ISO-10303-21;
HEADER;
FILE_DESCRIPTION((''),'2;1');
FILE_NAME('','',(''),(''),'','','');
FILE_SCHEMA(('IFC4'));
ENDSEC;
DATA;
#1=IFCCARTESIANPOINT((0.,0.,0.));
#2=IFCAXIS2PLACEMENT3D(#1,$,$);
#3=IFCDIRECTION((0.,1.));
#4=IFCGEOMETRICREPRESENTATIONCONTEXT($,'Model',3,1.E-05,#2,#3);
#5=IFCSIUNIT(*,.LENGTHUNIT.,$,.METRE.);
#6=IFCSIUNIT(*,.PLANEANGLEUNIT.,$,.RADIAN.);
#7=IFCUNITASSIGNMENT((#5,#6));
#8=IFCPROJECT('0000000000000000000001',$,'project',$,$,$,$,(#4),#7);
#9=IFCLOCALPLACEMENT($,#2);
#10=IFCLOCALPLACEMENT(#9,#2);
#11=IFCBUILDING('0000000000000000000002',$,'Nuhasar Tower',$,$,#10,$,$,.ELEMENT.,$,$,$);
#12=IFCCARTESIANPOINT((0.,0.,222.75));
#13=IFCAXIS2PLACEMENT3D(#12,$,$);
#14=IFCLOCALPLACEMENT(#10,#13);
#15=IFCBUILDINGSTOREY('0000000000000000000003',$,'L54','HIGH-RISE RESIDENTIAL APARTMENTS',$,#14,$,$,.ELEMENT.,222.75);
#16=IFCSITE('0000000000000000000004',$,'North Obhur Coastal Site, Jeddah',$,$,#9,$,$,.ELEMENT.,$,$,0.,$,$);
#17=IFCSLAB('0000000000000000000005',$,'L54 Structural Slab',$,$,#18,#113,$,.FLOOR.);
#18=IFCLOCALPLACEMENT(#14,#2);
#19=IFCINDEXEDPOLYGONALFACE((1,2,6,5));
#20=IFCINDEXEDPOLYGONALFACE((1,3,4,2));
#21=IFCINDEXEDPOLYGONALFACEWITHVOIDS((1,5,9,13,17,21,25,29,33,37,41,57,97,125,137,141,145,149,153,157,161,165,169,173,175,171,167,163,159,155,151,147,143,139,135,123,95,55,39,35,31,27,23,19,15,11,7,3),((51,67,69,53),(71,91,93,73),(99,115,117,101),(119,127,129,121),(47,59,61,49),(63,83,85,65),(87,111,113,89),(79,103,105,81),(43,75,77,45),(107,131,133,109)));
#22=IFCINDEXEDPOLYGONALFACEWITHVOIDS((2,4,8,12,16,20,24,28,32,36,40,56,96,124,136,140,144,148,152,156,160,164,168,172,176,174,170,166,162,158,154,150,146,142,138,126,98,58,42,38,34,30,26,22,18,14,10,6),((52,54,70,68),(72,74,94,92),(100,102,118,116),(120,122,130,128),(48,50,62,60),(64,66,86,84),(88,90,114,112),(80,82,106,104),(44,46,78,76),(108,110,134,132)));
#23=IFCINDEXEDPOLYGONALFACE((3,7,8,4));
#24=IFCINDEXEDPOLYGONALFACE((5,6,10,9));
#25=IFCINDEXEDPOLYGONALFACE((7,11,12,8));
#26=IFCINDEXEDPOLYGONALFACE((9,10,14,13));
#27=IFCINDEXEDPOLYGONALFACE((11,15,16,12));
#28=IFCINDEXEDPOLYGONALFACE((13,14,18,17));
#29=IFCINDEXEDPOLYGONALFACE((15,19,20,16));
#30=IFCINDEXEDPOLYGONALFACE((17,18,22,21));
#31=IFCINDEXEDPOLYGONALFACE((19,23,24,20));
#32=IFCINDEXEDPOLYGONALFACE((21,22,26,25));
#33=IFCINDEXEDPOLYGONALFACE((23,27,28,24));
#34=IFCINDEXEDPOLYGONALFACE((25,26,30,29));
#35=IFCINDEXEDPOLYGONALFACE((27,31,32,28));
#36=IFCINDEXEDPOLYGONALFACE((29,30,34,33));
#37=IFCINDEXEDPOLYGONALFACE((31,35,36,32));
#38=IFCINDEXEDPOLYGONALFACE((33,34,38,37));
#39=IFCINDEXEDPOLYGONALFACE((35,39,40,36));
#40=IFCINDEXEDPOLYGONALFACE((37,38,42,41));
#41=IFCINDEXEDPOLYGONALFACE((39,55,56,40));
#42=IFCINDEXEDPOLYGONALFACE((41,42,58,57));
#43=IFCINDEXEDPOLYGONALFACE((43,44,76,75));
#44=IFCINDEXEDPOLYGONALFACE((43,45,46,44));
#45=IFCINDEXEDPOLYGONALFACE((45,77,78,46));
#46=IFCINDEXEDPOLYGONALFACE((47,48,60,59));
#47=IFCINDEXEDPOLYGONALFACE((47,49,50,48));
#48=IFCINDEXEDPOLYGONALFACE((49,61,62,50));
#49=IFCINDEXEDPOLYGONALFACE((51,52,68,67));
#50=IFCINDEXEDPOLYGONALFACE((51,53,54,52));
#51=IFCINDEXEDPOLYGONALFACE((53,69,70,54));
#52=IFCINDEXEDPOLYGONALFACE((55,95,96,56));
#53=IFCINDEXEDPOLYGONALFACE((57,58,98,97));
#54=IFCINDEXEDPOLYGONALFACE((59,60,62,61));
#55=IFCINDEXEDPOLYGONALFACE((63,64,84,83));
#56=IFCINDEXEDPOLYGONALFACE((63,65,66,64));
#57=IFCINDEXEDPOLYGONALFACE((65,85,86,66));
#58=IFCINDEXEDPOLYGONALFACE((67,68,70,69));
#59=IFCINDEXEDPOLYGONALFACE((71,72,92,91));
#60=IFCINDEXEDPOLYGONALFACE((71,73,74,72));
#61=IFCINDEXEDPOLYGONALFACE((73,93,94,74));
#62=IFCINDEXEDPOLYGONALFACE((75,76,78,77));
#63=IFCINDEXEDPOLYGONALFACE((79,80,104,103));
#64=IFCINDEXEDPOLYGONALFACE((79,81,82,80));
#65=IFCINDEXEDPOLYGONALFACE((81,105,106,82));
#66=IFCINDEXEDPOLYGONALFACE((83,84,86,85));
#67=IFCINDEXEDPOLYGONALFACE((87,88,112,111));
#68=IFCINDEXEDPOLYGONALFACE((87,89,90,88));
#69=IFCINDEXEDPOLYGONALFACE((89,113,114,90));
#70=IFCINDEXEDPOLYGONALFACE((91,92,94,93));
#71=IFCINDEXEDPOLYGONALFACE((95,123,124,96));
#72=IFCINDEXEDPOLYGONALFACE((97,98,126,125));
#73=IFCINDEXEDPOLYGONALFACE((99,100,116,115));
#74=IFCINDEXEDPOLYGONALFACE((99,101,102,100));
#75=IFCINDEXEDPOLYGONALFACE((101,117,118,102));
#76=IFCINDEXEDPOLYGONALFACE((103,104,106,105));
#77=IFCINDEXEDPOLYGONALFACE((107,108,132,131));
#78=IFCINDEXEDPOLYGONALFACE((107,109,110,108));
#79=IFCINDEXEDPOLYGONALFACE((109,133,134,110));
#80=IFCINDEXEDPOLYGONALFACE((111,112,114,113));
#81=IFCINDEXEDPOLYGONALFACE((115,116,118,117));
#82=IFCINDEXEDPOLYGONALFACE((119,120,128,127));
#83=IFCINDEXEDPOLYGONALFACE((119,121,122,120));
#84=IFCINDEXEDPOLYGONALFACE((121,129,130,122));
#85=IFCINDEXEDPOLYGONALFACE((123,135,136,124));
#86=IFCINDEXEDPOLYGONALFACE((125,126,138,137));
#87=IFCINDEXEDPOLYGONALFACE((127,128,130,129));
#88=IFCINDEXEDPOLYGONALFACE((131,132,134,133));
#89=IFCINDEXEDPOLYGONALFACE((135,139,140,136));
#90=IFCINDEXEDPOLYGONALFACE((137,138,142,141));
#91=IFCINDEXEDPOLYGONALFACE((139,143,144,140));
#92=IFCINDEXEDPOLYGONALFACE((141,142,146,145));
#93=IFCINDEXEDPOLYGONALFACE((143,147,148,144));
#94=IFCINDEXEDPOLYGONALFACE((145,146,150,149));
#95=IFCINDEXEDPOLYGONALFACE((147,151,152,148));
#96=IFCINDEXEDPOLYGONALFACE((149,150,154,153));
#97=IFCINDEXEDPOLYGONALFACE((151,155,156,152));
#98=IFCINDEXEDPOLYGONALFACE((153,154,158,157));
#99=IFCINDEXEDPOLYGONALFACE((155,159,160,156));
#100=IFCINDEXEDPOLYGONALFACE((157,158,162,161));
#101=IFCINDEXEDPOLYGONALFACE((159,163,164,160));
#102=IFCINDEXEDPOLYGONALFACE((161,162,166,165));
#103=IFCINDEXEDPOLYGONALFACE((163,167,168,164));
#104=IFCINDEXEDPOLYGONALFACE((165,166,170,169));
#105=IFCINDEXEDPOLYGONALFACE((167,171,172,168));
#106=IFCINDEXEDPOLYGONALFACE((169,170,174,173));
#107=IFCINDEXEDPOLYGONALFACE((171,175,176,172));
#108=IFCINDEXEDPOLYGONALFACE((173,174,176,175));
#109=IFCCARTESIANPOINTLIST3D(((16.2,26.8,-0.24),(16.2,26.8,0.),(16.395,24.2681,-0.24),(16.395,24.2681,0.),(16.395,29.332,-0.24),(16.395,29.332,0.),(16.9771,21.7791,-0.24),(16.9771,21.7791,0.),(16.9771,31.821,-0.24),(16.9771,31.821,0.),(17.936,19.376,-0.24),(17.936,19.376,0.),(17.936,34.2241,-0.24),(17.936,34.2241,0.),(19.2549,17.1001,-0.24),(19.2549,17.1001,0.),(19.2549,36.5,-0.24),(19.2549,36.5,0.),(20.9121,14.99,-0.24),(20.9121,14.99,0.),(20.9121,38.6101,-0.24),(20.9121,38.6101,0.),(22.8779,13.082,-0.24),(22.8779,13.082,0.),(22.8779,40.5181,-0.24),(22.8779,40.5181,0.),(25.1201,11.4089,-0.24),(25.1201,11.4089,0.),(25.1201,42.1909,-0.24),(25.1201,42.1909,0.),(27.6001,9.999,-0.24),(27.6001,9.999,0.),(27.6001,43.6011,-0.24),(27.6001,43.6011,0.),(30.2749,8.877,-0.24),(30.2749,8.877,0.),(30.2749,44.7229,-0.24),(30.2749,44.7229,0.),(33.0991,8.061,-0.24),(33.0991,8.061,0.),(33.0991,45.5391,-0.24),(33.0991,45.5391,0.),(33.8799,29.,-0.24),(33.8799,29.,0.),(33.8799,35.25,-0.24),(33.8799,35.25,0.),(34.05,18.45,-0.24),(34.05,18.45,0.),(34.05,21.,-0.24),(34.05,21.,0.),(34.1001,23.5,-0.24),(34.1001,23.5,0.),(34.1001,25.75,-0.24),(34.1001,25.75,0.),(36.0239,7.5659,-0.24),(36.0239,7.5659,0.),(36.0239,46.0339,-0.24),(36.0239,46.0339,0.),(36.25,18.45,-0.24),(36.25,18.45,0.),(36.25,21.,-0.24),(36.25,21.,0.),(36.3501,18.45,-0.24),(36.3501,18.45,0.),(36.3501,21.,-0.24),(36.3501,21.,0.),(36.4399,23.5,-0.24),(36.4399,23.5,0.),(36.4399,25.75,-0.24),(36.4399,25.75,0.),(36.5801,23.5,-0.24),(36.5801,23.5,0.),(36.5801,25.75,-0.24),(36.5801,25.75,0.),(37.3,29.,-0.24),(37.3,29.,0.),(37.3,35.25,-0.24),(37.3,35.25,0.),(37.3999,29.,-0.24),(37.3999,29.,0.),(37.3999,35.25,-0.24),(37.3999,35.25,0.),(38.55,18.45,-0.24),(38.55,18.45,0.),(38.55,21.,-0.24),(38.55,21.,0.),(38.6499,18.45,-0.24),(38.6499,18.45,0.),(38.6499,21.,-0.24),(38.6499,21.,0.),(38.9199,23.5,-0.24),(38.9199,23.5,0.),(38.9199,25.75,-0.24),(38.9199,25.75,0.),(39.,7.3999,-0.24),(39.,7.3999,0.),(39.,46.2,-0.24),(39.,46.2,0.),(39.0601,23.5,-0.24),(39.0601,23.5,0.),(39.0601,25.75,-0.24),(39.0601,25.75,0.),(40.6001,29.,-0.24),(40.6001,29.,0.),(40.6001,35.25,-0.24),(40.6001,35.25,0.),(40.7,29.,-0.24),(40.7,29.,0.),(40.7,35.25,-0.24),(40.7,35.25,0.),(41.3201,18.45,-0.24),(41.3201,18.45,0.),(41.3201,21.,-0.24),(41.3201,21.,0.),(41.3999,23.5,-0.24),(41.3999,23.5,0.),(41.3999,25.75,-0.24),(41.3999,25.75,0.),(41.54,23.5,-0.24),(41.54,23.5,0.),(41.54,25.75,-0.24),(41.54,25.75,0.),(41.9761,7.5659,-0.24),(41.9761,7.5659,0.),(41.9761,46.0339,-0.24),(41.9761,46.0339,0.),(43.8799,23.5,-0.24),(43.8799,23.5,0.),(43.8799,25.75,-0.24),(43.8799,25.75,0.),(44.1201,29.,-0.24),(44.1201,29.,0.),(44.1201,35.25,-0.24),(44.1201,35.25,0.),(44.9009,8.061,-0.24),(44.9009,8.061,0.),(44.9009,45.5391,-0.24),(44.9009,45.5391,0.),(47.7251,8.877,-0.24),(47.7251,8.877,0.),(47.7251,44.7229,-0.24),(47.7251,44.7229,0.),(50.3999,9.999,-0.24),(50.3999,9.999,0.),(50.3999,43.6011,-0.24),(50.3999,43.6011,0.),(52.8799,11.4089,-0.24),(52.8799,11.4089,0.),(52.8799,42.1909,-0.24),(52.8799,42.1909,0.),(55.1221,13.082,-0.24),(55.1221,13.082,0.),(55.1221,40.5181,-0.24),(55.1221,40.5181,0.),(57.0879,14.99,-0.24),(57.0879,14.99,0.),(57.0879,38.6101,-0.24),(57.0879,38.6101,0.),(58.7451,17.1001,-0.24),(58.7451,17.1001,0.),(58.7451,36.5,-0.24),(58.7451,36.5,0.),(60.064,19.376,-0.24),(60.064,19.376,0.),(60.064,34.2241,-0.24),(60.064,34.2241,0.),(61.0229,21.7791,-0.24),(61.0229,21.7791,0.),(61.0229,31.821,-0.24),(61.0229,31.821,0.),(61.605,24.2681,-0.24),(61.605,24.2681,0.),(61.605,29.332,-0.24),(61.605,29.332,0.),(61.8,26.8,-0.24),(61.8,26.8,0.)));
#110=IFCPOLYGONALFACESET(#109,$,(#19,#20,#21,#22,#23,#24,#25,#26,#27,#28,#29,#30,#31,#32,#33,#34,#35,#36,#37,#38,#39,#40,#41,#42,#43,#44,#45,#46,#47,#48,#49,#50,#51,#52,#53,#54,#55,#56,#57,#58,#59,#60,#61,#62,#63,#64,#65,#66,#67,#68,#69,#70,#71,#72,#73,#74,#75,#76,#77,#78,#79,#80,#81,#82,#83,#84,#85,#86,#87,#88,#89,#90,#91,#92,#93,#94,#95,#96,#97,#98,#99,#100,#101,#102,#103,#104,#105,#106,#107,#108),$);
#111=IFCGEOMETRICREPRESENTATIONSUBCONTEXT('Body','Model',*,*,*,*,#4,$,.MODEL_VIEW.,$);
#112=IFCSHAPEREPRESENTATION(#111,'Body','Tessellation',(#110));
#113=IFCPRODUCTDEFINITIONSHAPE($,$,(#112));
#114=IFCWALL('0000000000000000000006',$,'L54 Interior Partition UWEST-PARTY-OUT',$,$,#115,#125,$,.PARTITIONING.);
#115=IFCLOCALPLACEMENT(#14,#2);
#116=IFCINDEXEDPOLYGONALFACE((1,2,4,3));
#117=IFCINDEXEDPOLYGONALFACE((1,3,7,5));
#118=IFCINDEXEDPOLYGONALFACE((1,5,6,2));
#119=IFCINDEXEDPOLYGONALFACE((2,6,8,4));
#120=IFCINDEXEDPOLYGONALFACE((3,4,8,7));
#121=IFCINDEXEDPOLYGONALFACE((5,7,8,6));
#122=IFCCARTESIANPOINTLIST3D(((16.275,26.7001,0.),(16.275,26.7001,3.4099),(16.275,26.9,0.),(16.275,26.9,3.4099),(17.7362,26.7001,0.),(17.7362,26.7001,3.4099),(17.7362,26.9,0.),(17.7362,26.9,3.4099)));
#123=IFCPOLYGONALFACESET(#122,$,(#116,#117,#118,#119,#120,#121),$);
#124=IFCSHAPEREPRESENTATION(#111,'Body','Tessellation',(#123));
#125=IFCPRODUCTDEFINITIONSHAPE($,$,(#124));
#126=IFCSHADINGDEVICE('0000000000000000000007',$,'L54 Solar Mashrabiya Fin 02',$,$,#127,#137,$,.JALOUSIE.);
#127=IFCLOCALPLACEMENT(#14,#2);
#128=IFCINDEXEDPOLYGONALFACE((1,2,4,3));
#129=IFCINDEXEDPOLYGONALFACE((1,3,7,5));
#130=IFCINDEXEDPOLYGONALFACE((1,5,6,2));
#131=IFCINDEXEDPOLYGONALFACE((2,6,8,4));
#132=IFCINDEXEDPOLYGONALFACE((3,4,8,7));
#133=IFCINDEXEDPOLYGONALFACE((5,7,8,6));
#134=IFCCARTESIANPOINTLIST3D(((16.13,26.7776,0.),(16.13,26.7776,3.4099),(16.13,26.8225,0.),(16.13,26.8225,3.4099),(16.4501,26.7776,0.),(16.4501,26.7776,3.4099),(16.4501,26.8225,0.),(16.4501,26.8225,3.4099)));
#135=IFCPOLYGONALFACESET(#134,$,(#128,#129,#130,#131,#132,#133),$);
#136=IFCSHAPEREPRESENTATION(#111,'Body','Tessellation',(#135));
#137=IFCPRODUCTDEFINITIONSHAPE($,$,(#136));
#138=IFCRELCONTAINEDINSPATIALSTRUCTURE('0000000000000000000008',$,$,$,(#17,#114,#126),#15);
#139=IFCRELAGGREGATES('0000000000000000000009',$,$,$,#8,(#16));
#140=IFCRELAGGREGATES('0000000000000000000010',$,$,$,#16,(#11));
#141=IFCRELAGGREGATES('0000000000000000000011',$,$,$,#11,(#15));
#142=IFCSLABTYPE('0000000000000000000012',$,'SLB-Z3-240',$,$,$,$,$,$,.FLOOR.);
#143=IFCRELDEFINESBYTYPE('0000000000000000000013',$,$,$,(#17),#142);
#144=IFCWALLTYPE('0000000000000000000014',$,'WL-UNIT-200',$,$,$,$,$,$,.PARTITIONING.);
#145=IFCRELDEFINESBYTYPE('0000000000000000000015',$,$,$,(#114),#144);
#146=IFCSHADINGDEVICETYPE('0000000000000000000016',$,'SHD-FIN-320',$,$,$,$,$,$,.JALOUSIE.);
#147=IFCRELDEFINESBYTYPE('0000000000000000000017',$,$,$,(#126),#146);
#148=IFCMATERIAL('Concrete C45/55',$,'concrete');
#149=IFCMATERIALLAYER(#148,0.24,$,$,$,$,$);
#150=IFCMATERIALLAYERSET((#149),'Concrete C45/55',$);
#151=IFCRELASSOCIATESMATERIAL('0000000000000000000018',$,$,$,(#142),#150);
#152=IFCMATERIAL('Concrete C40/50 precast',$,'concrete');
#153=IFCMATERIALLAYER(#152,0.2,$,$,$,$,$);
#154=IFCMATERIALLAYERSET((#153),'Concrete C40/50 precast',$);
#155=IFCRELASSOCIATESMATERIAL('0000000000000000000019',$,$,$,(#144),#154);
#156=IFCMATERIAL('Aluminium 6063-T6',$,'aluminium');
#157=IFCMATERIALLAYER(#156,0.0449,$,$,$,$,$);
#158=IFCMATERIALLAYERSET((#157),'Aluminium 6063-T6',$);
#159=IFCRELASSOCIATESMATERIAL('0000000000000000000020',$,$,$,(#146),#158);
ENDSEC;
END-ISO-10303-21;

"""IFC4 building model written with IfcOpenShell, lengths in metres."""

from ifc_helpers import new_model, si_unit, direction, frame, frame_2d, origin, origin_2d, place, context, subcontext, project, spatial, polyline, rectangle, outline, extrude, material, layer, layer_set, type_object, element, save


model = new_model("IFC4")

# Units and contexts
model_context = context("Model", 3, precision=1e-05, world=origin(), true_north=direction((0.0, 1.0)))
body_context = subcontext(model_context, "Body", "Model", "MODEL_VIEW")
ifc_project = project(units=[si_unit("LENGTHUNIT", "METRE"), si_unit("PLANEANGLEUNIT", "RADIAN")], contexts=[model_context])

# Site, building, storey
site_placement = place(None, origin())
site = spatial("IfcSite", under=ifc_project, at=site_placement, Name="North Obhur Coastal Site, Jeddah", CompositionType="ELEMENT", RefElevation=0.0)
building_placement = place(site_placement, origin())
building = spatial("IfcBuilding", under=site, at=building_placement, Name="Nuhasar Tower", CompositionType="ELEMENT")
storey_placement = place(building_placement, frame((0.0, 0.0, 222.75)))
storey = spatial("IfcBuildingStorey", under=building, at=storey_placement, Name="L54", Description="HIGH-RISE RESIDENTIAL APARTMENTS", CompositionType="ELEMENT", Elevation=222.75)

# Shared definitions
ifc_material_1 = material(Name="Aluminium 6063-T6", Category="aluminium")

# Shared definitions
ifc_material_2 = material(Name="Concrete C45/55", Category="concrete")

# Slab
ifc_layer_1 = layer(ifc_material_2, 0.24)
ifc_layer_set_1 = layer_set([ifc_layer_1], Name="Concrete C45/55")
slab_type_1 = type_object("IfcSlabType", Name="SLB-Z3-240", PredefinedType="FLOOR", material=ifc_layer_set_1)
slab_1_placement = place(storey_placement, frame((0.0, 0.0, -0.24)))
element("IfcSlab", 1, at=slab_1_placement, inside=storey, type_object=slab_type_1, Name="L54 Structural Slab", PredefinedType="FLOOR", context=body_context, shape_type="SweptSolid", body=[
    extrude(outline(polyline([(61.8, 26.8), (61.605, 29.332), (61.0229, 31.821), (60.064, 34.2241), (58.7451, 36.5), (57.0879, 38.6101), (55.1221, 40.5181), (52.8799, 42.1909), (50.3999, 43.6011), (47.7251, 44.7229), (44.9009, 45.5391), (41.9761, 46.0339), (39.0, 46.2), (36.0239, 46.0339), (33.0991, 45.5391), (30.2749, 44.7229), (27.6001, 43.6011), (25.1201, 42.1909), (22.8779, 40.5181), (20.9121, 38.6101), (19.2549, 36.5), (17.936, 34.2241), (16.9771, 31.821), (16.395, 29.332), (16.2, 26.8), (16.395, 24.2681), (16.9771, 21.7791), (17.936, 19.376), (19.2549, 17.1001), (20.9121, 14.99), (22.8779, 13.082), (25.1201, 11.4089), (27.6001, 9.999), (30.2749, 8.877), (33.0991, 8.061), (36.0239, 7.5659), (39.0, 7.3999), (41.9761, 7.5659), (44.9009, 8.061), (47.7251, 8.877), (50.3999, 9.999), (52.8799, 11.4089), (55.1221, 13.082), (57.0879, 14.99), (58.7451, 17.1001), (60.064, 19.376), (61.0229, 21.7791), (61.605, 24.2681), (61.8, 26.8)]), holes=[polyline([(33.8799, 35.25), (37.3, 35.25), (37.3, 29.0), (33.8799, 29.0), (33.8799, 35.25)]), polyline([(37.3999, 35.25), (40.6001, 35.25), (40.6001, 29.0), (37.3999, 29.0), (37.3999, 35.25)]), polyline([(40.7, 35.25), (44.1201, 35.25), (44.1201, 29.0), (40.7, 29.0), (40.7, 35.25)]), polyline([(34.1001, 25.75), (36.4399, 25.75), (36.4399, 23.5), (34.1001, 23.5), (34.1001, 25.75)]), polyline([(36.5801, 25.75), (38.9199, 25.75), (38.9199, 23.5), (36.5801, 23.5), (36.5801, 25.75)]), polyline([(39.0601, 25.75), (41.3999, 25.75), (41.3999, 23.5), (39.0601, 23.5), (39.0601, 25.75)]), polyline([(41.54, 25.75), (43.8799, 25.75), (43.8799, 23.5), (41.54, 23.5), (41.54, 25.75)]), polyline([(34.05, 21.0), (36.25, 21.0), (36.25, 18.45), (34.05, 18.45), (34.05, 21.0)]), polyline([(36.3501, 21.0), (38.55, 21.0), (38.55, 18.45), (36.3501, 18.45), (36.3501, 21.0)]), polyline([(38.6499, 21.0), (41.3201, 21.0), (41.3201, 18.45), (38.6499, 18.45), (38.6499, 21.0)])]), origin(), (0.0, 0.0, 1.0), 0.24),
])

# Wall
ifc_material_3 = material(Name="Concrete C40/50 precast", Category="concrete")
ifc_layer_2 = layer(ifc_material_3, 0.2)
ifc_layer_set_2 = layer_set([ifc_layer_2], Name="Concrete C40/50 precast")
wall_type = type_object("IfcWallType", Name="WL-UNIT-200", PredefinedType="PARTITIONING", material=ifc_layer_set_2)
wall_placement = place(storey_placement, frame((17.7361, 26.8, 0.0), z_axis=(0.0, 0.0, 1.0), x_axis=(-1.0, 0.0, 0.0)))
element("IfcWall", 2, at=wall_placement, inside=storey, type_object=wall_type, Name="L54 Interior Partition UWEST-PARTY-OUT", PredefinedType="PARTITIONING", context=body_context, shape_type="SweptSolid", body=[
    extrude(rectangle(XDim=1.4612, YDim=0.2, at=frame_2d((0.7305, 0.0))), origin(), (0.0, 0.0, 1.0), 3.4099),
])

# Shading device
ifc_layer_3 = layer(ifc_material_1, 0.0449)
ifc_layer_set_3 = layer_set([ifc_layer_3], Name="Aluminium 6063-T6")
shading_device_type = type_object("IfcShadingDeviceType", Name="SHD-FIN-320", PredefinedType="JALOUSIE", material=ifc_layer_set_3)
shading_device_placement = place(storey_placement, frame((16.29, 26.8, 0.0), z_axis=(0.0, 0.0, 1.0), x_axis=(-1.0, 0.0, 0.0)))
element("IfcShadingDevice", 3, at=shading_device_placement, inside=storey, type_object=shading_device_type, Name="L54 Solar Mashrabiya Fin 02", PredefinedType="JALOUSIE", context=body_context, shape_type="SweptSolid", body=[
    extrude(rectangle(XDim=0.3201, YDim=0.0449, at=origin_2d()), origin(), (0.0, 0.0, 1.0), 3.4099),
])

save(model, "model.ifc")
